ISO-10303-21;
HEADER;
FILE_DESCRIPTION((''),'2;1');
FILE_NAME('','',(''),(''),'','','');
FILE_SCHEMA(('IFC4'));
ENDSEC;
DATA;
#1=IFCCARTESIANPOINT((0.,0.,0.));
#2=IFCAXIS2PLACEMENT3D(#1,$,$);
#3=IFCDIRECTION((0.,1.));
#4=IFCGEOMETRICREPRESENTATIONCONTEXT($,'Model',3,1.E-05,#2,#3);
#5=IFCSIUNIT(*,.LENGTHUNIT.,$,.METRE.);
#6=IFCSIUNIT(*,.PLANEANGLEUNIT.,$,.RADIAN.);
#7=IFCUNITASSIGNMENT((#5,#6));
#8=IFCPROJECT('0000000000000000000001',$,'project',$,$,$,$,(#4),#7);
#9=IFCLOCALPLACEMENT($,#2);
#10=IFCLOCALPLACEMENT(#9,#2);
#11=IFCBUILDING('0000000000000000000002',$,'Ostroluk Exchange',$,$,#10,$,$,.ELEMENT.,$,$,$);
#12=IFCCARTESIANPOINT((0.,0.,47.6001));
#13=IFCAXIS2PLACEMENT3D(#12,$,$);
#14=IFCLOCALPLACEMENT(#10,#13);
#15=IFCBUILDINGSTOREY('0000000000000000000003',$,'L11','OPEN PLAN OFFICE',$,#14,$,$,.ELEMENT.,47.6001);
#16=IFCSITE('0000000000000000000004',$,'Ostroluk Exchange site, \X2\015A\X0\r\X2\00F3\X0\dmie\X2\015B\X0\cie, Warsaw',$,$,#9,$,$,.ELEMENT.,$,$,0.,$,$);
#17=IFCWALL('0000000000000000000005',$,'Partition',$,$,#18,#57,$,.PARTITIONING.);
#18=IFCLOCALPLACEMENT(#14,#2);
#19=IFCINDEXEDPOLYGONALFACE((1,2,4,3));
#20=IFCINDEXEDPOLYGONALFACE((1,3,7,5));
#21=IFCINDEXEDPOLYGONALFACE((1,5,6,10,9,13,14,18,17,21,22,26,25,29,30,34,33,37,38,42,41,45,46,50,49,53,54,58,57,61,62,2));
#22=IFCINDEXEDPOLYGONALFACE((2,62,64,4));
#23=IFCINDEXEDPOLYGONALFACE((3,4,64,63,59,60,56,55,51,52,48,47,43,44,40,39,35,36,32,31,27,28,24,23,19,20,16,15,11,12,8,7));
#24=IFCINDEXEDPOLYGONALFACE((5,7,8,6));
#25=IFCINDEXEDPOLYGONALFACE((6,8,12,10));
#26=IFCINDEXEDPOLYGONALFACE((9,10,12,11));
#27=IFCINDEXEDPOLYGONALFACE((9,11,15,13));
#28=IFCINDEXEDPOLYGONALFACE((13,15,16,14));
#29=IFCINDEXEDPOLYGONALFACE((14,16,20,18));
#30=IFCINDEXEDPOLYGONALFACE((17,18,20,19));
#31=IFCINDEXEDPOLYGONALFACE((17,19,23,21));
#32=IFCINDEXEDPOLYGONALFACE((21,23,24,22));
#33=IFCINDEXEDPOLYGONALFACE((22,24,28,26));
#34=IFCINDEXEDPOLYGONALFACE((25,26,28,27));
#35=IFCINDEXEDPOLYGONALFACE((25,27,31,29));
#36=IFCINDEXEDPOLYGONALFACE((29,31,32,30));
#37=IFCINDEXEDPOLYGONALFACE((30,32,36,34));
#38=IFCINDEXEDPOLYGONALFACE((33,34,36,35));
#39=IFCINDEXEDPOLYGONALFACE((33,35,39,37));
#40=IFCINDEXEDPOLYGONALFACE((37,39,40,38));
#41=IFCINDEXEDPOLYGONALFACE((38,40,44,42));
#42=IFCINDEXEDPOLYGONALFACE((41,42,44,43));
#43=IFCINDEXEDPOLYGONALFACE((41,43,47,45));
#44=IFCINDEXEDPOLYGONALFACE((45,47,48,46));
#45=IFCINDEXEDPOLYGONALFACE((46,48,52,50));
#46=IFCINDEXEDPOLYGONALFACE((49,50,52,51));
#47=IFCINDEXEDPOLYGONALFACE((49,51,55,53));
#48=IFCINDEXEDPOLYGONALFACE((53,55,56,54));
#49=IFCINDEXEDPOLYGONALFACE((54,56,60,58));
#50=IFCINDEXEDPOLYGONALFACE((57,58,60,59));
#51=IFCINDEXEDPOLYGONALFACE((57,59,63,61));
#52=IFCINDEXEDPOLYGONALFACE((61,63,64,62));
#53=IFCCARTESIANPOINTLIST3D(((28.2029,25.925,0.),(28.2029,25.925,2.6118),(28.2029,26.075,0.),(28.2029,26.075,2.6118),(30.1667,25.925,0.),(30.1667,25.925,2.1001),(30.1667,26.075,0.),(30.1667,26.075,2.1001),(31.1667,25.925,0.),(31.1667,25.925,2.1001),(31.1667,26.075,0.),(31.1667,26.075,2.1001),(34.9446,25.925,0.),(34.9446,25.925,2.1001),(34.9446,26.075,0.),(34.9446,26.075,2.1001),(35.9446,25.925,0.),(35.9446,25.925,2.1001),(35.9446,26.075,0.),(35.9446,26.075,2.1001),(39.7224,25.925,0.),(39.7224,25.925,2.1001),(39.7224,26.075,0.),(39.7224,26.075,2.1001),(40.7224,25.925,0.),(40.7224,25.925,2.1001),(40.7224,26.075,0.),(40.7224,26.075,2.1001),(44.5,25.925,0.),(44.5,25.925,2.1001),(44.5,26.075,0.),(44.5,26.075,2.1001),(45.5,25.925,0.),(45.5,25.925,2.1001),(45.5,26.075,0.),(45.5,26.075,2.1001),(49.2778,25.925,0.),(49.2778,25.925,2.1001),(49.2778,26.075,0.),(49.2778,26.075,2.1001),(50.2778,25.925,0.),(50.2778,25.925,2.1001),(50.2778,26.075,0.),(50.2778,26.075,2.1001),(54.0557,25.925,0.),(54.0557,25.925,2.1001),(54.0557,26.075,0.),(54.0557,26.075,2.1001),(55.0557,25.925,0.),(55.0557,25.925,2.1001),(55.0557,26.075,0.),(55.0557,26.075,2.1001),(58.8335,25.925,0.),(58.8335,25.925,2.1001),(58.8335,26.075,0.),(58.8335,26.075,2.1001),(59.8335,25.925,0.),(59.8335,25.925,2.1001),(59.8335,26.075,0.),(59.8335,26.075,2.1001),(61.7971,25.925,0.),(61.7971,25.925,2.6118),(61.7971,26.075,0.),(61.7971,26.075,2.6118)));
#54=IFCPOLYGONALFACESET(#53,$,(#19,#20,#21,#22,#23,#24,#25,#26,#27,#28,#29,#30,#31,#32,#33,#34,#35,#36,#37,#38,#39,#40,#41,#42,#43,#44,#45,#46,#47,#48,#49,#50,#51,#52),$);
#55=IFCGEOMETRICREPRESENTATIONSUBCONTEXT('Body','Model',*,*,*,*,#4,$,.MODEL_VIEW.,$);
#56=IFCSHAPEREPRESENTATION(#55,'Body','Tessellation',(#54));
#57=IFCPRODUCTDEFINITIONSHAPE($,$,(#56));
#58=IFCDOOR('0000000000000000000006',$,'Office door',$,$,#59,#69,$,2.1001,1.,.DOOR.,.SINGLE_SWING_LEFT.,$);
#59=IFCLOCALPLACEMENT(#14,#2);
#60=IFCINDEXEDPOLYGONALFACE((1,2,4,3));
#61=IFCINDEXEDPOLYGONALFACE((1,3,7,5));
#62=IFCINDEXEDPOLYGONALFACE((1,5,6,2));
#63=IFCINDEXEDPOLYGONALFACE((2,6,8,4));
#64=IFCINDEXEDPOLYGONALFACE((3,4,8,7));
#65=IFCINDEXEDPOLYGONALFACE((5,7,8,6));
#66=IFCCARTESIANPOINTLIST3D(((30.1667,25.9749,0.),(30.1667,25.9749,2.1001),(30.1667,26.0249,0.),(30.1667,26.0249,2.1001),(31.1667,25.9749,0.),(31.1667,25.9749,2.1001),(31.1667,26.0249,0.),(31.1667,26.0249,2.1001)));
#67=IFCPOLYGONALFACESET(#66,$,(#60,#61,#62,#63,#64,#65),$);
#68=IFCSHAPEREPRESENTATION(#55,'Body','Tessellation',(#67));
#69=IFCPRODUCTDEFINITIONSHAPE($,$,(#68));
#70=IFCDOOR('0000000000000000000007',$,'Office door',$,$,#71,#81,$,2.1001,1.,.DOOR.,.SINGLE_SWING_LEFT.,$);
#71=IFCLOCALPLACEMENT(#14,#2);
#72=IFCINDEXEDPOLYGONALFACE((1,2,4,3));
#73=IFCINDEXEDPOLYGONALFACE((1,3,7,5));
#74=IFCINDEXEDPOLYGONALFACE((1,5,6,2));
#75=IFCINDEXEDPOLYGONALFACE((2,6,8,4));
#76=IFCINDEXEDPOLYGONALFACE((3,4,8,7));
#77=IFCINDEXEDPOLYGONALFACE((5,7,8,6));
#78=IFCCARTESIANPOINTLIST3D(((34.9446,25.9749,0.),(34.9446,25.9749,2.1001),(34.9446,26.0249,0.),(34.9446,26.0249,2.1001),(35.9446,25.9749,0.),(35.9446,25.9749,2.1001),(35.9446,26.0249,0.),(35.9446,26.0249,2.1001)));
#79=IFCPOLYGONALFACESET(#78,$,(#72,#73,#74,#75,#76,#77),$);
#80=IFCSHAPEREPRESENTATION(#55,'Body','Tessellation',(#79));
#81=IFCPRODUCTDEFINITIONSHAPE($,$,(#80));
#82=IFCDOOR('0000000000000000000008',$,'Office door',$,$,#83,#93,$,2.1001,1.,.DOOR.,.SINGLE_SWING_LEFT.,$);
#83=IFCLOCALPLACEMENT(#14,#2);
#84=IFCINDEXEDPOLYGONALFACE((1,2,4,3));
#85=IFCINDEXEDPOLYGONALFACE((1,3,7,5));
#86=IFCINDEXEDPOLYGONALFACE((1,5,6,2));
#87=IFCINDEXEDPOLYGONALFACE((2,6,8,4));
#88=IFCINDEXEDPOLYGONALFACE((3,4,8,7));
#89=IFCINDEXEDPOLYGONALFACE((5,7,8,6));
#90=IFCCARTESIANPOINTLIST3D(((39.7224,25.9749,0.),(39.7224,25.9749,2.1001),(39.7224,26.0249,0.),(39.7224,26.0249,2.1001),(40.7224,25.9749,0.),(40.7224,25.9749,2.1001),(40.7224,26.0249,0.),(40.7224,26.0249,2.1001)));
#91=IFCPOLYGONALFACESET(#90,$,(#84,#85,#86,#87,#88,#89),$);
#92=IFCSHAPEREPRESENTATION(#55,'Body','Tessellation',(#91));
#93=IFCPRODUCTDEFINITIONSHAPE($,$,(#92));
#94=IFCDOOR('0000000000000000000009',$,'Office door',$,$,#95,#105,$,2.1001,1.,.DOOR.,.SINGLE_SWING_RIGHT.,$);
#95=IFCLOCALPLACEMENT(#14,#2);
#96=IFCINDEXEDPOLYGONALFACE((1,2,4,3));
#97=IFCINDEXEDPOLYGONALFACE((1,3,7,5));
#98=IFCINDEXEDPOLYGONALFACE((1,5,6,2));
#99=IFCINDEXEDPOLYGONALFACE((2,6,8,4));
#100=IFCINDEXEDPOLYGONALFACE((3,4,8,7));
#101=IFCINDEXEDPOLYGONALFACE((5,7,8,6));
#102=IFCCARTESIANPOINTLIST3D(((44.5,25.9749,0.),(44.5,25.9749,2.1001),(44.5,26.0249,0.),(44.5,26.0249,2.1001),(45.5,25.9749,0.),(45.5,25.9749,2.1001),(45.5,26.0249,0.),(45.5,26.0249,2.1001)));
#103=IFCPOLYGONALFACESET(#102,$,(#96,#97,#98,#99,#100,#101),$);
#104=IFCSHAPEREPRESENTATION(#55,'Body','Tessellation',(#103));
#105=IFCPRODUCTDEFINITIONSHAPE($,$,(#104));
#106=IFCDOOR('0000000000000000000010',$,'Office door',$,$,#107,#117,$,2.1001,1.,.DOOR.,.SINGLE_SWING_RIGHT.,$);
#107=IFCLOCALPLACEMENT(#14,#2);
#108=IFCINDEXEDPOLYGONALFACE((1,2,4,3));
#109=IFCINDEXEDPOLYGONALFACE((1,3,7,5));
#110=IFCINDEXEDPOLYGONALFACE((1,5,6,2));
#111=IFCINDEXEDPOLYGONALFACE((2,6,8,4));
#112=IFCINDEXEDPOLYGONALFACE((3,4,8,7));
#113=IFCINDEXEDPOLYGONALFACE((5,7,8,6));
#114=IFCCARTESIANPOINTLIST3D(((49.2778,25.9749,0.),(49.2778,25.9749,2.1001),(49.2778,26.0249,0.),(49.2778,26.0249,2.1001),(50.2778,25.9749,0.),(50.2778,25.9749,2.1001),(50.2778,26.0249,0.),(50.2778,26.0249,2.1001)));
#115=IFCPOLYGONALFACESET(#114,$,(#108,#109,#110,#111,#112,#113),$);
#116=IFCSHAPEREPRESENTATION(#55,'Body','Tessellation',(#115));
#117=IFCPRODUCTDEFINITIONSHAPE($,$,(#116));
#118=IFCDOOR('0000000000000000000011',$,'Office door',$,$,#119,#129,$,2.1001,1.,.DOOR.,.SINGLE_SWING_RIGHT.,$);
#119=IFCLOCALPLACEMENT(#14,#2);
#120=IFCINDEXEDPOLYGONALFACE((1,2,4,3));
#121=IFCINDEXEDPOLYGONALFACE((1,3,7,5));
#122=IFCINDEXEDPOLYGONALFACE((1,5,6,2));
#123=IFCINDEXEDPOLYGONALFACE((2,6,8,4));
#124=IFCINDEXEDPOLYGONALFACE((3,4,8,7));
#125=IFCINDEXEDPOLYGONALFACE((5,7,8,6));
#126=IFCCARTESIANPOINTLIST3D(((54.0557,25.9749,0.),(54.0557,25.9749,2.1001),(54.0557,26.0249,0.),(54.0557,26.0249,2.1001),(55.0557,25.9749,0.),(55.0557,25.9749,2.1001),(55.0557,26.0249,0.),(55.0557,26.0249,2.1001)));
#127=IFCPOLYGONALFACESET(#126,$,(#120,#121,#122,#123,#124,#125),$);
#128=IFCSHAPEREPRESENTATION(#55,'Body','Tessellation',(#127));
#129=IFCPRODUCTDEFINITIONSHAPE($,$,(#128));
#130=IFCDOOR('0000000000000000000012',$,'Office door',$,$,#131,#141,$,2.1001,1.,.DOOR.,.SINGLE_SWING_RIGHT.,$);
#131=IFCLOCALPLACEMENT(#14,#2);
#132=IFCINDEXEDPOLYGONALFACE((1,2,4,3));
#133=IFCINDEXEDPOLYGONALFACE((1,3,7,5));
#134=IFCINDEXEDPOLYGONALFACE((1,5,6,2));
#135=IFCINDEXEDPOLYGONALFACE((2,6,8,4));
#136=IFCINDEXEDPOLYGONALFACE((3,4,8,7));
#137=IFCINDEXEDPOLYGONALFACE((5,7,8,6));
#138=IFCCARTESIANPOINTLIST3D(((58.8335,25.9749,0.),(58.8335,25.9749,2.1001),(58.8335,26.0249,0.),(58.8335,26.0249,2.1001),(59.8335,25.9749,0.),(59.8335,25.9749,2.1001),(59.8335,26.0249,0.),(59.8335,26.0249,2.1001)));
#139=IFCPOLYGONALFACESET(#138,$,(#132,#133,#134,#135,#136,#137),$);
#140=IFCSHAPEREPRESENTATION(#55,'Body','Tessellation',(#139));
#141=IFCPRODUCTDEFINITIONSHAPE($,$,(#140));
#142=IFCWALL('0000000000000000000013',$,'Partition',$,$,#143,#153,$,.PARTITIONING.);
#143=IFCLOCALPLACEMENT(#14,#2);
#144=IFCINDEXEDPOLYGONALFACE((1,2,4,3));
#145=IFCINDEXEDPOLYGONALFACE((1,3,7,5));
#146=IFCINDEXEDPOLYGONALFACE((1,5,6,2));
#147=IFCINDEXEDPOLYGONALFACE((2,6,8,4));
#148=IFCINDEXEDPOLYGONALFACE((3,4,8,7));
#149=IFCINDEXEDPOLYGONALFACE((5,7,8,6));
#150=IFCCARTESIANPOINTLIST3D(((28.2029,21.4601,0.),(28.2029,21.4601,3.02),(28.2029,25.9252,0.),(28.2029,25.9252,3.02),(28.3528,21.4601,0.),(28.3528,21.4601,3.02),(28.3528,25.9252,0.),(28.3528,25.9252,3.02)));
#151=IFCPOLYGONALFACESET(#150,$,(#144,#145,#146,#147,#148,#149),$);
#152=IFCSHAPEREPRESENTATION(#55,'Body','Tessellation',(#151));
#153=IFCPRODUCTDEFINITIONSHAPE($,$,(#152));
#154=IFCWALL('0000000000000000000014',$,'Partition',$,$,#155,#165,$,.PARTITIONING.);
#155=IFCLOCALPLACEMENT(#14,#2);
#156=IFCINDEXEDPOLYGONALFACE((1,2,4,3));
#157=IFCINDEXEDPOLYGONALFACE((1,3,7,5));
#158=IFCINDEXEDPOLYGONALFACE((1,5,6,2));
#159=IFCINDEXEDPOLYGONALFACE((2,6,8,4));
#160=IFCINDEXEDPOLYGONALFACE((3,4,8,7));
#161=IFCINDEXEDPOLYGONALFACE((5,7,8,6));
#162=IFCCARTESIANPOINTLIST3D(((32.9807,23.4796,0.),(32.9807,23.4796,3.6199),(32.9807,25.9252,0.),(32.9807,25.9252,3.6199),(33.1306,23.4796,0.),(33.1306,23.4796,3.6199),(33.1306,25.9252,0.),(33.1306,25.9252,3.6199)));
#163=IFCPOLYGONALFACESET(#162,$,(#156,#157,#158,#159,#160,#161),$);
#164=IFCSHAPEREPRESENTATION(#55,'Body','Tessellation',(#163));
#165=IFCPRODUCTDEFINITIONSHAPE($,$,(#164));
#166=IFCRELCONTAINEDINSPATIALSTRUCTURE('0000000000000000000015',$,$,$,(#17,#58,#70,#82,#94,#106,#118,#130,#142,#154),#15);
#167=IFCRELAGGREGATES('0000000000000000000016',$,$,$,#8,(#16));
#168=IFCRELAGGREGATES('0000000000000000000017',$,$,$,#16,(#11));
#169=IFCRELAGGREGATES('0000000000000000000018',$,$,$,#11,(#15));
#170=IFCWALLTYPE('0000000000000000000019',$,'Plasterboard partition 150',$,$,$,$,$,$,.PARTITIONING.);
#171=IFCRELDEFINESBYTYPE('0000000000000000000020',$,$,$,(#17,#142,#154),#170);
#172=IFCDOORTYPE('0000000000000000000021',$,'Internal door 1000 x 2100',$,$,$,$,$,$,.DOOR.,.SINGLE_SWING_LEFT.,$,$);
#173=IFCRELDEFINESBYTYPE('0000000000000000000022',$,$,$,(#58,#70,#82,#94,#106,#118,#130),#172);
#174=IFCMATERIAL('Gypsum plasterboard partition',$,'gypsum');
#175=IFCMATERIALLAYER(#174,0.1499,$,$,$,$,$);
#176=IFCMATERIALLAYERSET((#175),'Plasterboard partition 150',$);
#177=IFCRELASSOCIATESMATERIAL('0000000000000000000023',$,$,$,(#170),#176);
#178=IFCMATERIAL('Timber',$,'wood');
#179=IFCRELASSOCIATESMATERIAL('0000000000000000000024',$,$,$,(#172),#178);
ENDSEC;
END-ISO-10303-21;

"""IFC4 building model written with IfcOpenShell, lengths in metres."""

from ifc_helpers import new_model, si_unit, direction, frame, frame_2d, origin, place, context, subcontext, project, spatial, rectangle, extrude, material, layer, layer_set, type_object, element, fill, save


model = new_model("IFC4")

# Units and contexts
model_context = context("Model", 3, precision=1e-05, world=origin(), true_north=direction((0.0, 1.0)))
body_context = subcontext(model_context, "Body", "Model", "MODEL_VIEW")
ifc_project = project(units=[si_unit("LENGTHUNIT", "METRE"), si_unit("PLANEANGLEUNIT", "RADIAN")], contexts=[model_context])

# Site, building, storey
site_placement = place(None, origin())
site = spatial("IfcSite", under=ifc_project, at=site_placement, Name="Ostroluk Exchange site, Śródmieście, Warsaw", CompositionType="ELEMENT", RefElevation=0.0)
building_placement = place(site_placement, origin())
building = spatial("IfcBuilding", under=site, at=building_placement, Name="Ostroluk Exchange", CompositionType="ELEMENT")
storey_placement = place(building_placement, frame((0.0, 0.0, 47.6001)))
storey = spatial("IfcBuildingStorey", under=building, at=storey_placement, Name="L11", Description="OPEN PLAN OFFICE", CompositionType="ELEMENT", Elevation=47.6001)

# Wall, openings, doors
ifc_material_1 = material(Name="Gypsum plasterboard partition", Category="gypsum")
ifc_layer = layer(ifc_material_1, 0.1499)
ifc_layer_set = layer_set([ifc_layer], Name="Plasterboard partition 150")
wall_type = type_object("IfcWallType", Name="Plasterboard partition 150", PredefinedType="PARTITIONING", material=ifc_layer_set)
wall_1_placement = place(storey_placement, frame((28.2029, 26.0, 0.0), z_axis=(0.0, 0.0, 1.0), x_axis=(1.0, 0.0, 0.0)))
wall_1 = element("IfcWall", 1, at=wall_1_placement, inside=storey, type_object=wall_type, Name="Partition", PredefinedType="PARTITIONING", context=body_context, shape_type="SweptSolid", body=[
    extrude(rectangle(XDim=33.5942, YDim=0.1499, at=frame_2d((16.7971, 0.0))), origin(), (0.0, 0.0, 1.0), 2.6118),
])
opening_1_placement = place(wall_1_placement, frame((1.9639, 0.0, 0.0)))
opening_1 = element("IfcOpeningElement", 2, at=opening_1_placement, cuts=wall_1, PredefinedType="OPENING", context=body_context, shape_type="SweptSolid", body=[
    extrude(rectangle(XDim=1.0, YDim=2.1001, at=frame_2d((0.5, 1.05))), frame((0.0, 0.085, 0.0), z_axis=(0.0, -1.0, 0.0), x_axis=(1.0, 0.0, 0.0)), (0.0, 0.0, 1.0), 0.1699),
])
opening_2_placement = place(wall_1_placement, frame((6.7417, 0.0, 0.0)))
opening_2 = element("IfcOpeningElement", 3, at=opening_2_placement, cuts=wall_1, PredefinedType="OPENING", context=body_context, shape_type="SweptSolid", body=[
    extrude(rectangle(XDim=1.0, YDim=2.1001, at=frame_2d((0.5, 1.05))), frame((0.0, 0.085, 0.0), z_axis=(0.0, -1.0, 0.0), x_axis=(1.0, 0.0, 0.0)), (0.0, 0.0, 1.0), 0.1699),
])
opening_3_placement = place(wall_1_placement, frame((11.5195, 0.0, 0.0)))
opening_3 = element("IfcOpeningElement", 4, at=opening_3_placement, cuts=wall_1, PredefinedType="OPENING", context=body_context, shape_type="SweptSolid", body=[
    extrude(rectangle(XDim=1.0, YDim=2.1001, at=frame_2d((0.5, 1.05))), frame((0.0, 0.085, 0.0), z_axis=(0.0, -1.0, 0.0), x_axis=(1.0, 0.0, 0.0)), (0.0, 0.0, 1.0), 0.1699),
])
opening_4_placement = place(wall_1_placement, frame((16.2971, 0.0, 0.0)))
opening_4 = element("IfcOpeningElement", 5, at=opening_4_placement, cuts=wall_1, PredefinedType="OPENING", context=body_context, shape_type="SweptSolid", body=[
    extrude(rectangle(XDim=1.0, YDim=2.1001, at=frame_2d((0.5, 1.05))), frame((0.0, 0.085, 0.0), z_axis=(0.0, -1.0, 0.0), x_axis=(1.0, 0.0, 0.0)), (0.0, 0.0, 1.0), 0.1699),
])
opening_5_placement = place(wall_1_placement, frame((21.075, 0.0, 0.0)))
opening_5 = element("IfcOpeningElement", 6, at=opening_5_placement, cuts=wall_1, PredefinedType="OPENING", context=body_context, shape_type="SweptSolid", body=[
    extrude(rectangle(XDim=1.0, YDim=2.1001, at=frame_2d((0.5, 1.05))), frame((0.0, 0.085, 0.0), z_axis=(0.0, -1.0, 0.0), x_axis=(1.0, 0.0, 0.0)), (0.0, 0.0, 1.0), 0.1699),
])
opening_6_placement = place(wall_1_placement, frame((25.8528, 0.0, 0.0)))
opening_6 = element("IfcOpeningElement", 7, at=opening_6_placement, cuts=wall_1, PredefinedType="OPENING", context=body_context, shape_type="SweptSolid", body=[
    extrude(rectangle(XDim=1.0, YDim=2.1001, at=frame_2d((0.5, 1.05))), frame((0.0, 0.085, 0.0), z_axis=(0.0, -1.0, 0.0), x_axis=(1.0, 0.0, 0.0)), (0.0, 0.0, 1.0), 0.1699),
])
opening_7_placement = place(wall_1_placement, frame((30.6306, 0.0, 0.0)))
opening_7 = element("IfcOpeningElement", 8, at=opening_7_placement, cuts=wall_1, PredefinedType="OPENING", context=body_context, shape_type="SweptSolid", body=[
    extrude(rectangle(XDim=1.0, YDim=2.1001, at=frame_2d((0.5, 1.05))), frame((0.0, 0.085, 0.0), z_axis=(0.0, -1.0, 0.0), x_axis=(1.0, 0.0, 0.0)), (0.0, 0.0, 1.0), 0.1699),
])
ifc_material_2 = material(Name="Timber", Category="wood")
door_type = type_object("IfcDoorType", Name="Internal door 1000 x 2100", OperationType="SINGLE_SWING_LEFT", PredefinedType="DOOR", material=ifc_material_2)
door_1_placement = place(opening_1_placement, origin())
door_1 = element("IfcDoor", 9, at=door_1_placement, inside=storey, type_object=door_type, Name="Office door", OperationType="SINGLE_SWING_LEFT", OverallHeight=2.1001, OverallWidth=1.0, PredefinedType="DOOR", context=body_context, shape_type="SweptSolid", body=[
    extrude(rectangle(XDim=1.0, YDim=2.1001, at=frame_2d((0.5, 1.05))), frame((0.0, 0.0249, 0.0), z_axis=(0.0, -1.0, 0.0), x_axis=(1.0, 0.0, 0.0)), (0.0, 0.0, 1.0), 0.05),
])
fill(opening_1, door_1)
door_2_placement = place(opening_2_placement, origin())
door_2 = element("IfcDoor", 10, at=door_2_placement, inside=storey, type_object=door_type, Name="Office door", OperationType="SINGLE_SWING_LEFT", OverallHeight=2.1001, OverallWidth=1.0, PredefinedType="DOOR", context=body_context, shape_type="SweptSolid", body=[
    extrude(rectangle(XDim=1.0, YDim=2.1001, at=frame_2d((0.5, 1.05))), frame((0.0, 0.0249, 0.0), z_axis=(0.0, -1.0, 0.0), x_axis=(1.0, 0.0, 0.0)), (0.0, 0.0, 1.0), 0.05),
])
fill(opening_2, door_2)
door_3_placement = place(opening_3_placement, origin())
door_3 = element("IfcDoor", 11, at=door_3_placement, inside=storey, type_object=door_type, Name="Office door", OperationType="SINGLE_SWING_LEFT", OverallHeight=2.1001, OverallWidth=1.0, PredefinedType="DOOR", context=body_context, shape_type="SweptSolid", body=[
    extrude(rectangle(XDim=1.0, YDim=2.1001, at=frame_2d((0.5, 1.05))), frame((0.0, 0.0249, 0.0), z_axis=(0.0, -1.0, 0.0), x_axis=(1.0, 0.0, 0.0)), (0.0, 0.0, 1.0), 0.05),
])
fill(opening_3, door_3)
door_4_placement = place(opening_4_placement, origin())
door_4 = element("IfcDoor", 12, at=door_4_placement, inside=storey, type_object=door_type, Name="Office door", OperationType="SINGLE_SWING_RIGHT", OverallHeight=2.1001, OverallWidth=1.0, PredefinedType="DOOR", context=body_context, shape_type="SweptSolid", body=[
    extrude(rectangle(XDim=1.0, YDim=2.1001, at=frame_2d((0.5, 1.05))), frame((0.0, 0.0249, 0.0), z_axis=(0.0, -1.0, 0.0), x_axis=(1.0, 0.0, 0.0)), (0.0, 0.0, 1.0), 0.05),
])
fill(opening_4, door_4)
door_5_placement = place(opening_5_placement, origin())
door_5 = element("IfcDoor", 13, at=door_5_placement, inside=storey, type_object=door_type, Name="Office door", OperationType="SINGLE_SWING_RIGHT", OverallHeight=2.1001, OverallWidth=1.0, PredefinedType="DOOR", context=body_context, shape_type="SweptSolid", body=[
    extrude(rectangle(XDim=1.0, YDim=2.1001, at=frame_2d((0.5, 1.05))), frame((0.0, 0.0249, 0.0), z_axis=(0.0, -1.0, 0.0), x_axis=(1.0, 0.0, 0.0)), (0.0, 0.0, 1.0), 0.05),
])
fill(opening_5, door_5)
door_6_placement = place(opening_6_placement, origin())
door_6 = element("IfcDoor", 14, at=door_6_placement, inside=storey, type_object=door_type, Name="Office door", OperationType="SINGLE_SWING_RIGHT", OverallHeight=2.1001, OverallWidth=1.0, PredefinedType="DOOR", context=body_context, shape_type="SweptSolid", body=[
    extrude(rectangle(XDim=1.0, YDim=2.1001, at=frame_2d((0.5, 1.05))), frame((0.0, 0.0249, 0.0), z_axis=(0.0, -1.0, 0.0), x_axis=(1.0, 0.0, 0.0)), (0.0, 0.0, 1.0), 0.05),
])
fill(opening_6, door_6)
door_7_placement = place(opening_7_placement, origin())
door_7 = element("IfcDoor", 15, at=door_7_placement, inside=storey, type_object=door_type, Name="Office door", OperationType="SINGLE_SWING_RIGHT", OverallHeight=2.1001, OverallWidth=1.0, PredefinedType="DOOR", context=body_context, shape_type="SweptSolid", body=[
    extrude(rectangle(XDim=1.0, YDim=2.1001, at=frame_2d((0.5, 1.05))), frame((0.0, 0.0249, 0.0), z_axis=(0.0, -1.0, 0.0), x_axis=(1.0, 0.0, 0.0)), (0.0, 0.0, 1.0), 0.05),
])
fill(opening_7, door_7)

# Walls
wall_2_placement = place(storey_placement, frame((28.2778, 25.925, 0.0), z_axis=(0.0, 0.0, 1.0), x_axis=(0.0, -1.0, 0.0)))
element("IfcWall", 16, at=wall_2_placement, inside=storey, type_object=wall_type, Name="Partition", PredefinedType="PARTITIONING", context=body_context, shape_type="SweptSolid", body=[
    extrude(rectangle(XDim=4.4651, YDim=0.1499, at=frame_2d((2.2324, 0.0))), origin(), (0.0, 0.0, 1.0), 3.02),
])
wall_3_placement = place(storey_placement, frame((33.0557, 25.925, 0.0), z_axis=(0.0, 0.0, 1.0), x_axis=(0.0, -1.0, 0.0)))
element("IfcWall", 17, at=wall_3_placement, inside=storey, type_object=wall_type, Name="Partition", PredefinedType="PARTITIONING", context=body_context, shape_type="SweptSolid", body=[
    extrude(rectangle(XDim=2.4456, YDim=0.1499, at=frame_2d((1.2227, 0.0))), origin(), (0.0, 0.0, 1.0), 3.6199),
])

save(model, "model.ifc")
